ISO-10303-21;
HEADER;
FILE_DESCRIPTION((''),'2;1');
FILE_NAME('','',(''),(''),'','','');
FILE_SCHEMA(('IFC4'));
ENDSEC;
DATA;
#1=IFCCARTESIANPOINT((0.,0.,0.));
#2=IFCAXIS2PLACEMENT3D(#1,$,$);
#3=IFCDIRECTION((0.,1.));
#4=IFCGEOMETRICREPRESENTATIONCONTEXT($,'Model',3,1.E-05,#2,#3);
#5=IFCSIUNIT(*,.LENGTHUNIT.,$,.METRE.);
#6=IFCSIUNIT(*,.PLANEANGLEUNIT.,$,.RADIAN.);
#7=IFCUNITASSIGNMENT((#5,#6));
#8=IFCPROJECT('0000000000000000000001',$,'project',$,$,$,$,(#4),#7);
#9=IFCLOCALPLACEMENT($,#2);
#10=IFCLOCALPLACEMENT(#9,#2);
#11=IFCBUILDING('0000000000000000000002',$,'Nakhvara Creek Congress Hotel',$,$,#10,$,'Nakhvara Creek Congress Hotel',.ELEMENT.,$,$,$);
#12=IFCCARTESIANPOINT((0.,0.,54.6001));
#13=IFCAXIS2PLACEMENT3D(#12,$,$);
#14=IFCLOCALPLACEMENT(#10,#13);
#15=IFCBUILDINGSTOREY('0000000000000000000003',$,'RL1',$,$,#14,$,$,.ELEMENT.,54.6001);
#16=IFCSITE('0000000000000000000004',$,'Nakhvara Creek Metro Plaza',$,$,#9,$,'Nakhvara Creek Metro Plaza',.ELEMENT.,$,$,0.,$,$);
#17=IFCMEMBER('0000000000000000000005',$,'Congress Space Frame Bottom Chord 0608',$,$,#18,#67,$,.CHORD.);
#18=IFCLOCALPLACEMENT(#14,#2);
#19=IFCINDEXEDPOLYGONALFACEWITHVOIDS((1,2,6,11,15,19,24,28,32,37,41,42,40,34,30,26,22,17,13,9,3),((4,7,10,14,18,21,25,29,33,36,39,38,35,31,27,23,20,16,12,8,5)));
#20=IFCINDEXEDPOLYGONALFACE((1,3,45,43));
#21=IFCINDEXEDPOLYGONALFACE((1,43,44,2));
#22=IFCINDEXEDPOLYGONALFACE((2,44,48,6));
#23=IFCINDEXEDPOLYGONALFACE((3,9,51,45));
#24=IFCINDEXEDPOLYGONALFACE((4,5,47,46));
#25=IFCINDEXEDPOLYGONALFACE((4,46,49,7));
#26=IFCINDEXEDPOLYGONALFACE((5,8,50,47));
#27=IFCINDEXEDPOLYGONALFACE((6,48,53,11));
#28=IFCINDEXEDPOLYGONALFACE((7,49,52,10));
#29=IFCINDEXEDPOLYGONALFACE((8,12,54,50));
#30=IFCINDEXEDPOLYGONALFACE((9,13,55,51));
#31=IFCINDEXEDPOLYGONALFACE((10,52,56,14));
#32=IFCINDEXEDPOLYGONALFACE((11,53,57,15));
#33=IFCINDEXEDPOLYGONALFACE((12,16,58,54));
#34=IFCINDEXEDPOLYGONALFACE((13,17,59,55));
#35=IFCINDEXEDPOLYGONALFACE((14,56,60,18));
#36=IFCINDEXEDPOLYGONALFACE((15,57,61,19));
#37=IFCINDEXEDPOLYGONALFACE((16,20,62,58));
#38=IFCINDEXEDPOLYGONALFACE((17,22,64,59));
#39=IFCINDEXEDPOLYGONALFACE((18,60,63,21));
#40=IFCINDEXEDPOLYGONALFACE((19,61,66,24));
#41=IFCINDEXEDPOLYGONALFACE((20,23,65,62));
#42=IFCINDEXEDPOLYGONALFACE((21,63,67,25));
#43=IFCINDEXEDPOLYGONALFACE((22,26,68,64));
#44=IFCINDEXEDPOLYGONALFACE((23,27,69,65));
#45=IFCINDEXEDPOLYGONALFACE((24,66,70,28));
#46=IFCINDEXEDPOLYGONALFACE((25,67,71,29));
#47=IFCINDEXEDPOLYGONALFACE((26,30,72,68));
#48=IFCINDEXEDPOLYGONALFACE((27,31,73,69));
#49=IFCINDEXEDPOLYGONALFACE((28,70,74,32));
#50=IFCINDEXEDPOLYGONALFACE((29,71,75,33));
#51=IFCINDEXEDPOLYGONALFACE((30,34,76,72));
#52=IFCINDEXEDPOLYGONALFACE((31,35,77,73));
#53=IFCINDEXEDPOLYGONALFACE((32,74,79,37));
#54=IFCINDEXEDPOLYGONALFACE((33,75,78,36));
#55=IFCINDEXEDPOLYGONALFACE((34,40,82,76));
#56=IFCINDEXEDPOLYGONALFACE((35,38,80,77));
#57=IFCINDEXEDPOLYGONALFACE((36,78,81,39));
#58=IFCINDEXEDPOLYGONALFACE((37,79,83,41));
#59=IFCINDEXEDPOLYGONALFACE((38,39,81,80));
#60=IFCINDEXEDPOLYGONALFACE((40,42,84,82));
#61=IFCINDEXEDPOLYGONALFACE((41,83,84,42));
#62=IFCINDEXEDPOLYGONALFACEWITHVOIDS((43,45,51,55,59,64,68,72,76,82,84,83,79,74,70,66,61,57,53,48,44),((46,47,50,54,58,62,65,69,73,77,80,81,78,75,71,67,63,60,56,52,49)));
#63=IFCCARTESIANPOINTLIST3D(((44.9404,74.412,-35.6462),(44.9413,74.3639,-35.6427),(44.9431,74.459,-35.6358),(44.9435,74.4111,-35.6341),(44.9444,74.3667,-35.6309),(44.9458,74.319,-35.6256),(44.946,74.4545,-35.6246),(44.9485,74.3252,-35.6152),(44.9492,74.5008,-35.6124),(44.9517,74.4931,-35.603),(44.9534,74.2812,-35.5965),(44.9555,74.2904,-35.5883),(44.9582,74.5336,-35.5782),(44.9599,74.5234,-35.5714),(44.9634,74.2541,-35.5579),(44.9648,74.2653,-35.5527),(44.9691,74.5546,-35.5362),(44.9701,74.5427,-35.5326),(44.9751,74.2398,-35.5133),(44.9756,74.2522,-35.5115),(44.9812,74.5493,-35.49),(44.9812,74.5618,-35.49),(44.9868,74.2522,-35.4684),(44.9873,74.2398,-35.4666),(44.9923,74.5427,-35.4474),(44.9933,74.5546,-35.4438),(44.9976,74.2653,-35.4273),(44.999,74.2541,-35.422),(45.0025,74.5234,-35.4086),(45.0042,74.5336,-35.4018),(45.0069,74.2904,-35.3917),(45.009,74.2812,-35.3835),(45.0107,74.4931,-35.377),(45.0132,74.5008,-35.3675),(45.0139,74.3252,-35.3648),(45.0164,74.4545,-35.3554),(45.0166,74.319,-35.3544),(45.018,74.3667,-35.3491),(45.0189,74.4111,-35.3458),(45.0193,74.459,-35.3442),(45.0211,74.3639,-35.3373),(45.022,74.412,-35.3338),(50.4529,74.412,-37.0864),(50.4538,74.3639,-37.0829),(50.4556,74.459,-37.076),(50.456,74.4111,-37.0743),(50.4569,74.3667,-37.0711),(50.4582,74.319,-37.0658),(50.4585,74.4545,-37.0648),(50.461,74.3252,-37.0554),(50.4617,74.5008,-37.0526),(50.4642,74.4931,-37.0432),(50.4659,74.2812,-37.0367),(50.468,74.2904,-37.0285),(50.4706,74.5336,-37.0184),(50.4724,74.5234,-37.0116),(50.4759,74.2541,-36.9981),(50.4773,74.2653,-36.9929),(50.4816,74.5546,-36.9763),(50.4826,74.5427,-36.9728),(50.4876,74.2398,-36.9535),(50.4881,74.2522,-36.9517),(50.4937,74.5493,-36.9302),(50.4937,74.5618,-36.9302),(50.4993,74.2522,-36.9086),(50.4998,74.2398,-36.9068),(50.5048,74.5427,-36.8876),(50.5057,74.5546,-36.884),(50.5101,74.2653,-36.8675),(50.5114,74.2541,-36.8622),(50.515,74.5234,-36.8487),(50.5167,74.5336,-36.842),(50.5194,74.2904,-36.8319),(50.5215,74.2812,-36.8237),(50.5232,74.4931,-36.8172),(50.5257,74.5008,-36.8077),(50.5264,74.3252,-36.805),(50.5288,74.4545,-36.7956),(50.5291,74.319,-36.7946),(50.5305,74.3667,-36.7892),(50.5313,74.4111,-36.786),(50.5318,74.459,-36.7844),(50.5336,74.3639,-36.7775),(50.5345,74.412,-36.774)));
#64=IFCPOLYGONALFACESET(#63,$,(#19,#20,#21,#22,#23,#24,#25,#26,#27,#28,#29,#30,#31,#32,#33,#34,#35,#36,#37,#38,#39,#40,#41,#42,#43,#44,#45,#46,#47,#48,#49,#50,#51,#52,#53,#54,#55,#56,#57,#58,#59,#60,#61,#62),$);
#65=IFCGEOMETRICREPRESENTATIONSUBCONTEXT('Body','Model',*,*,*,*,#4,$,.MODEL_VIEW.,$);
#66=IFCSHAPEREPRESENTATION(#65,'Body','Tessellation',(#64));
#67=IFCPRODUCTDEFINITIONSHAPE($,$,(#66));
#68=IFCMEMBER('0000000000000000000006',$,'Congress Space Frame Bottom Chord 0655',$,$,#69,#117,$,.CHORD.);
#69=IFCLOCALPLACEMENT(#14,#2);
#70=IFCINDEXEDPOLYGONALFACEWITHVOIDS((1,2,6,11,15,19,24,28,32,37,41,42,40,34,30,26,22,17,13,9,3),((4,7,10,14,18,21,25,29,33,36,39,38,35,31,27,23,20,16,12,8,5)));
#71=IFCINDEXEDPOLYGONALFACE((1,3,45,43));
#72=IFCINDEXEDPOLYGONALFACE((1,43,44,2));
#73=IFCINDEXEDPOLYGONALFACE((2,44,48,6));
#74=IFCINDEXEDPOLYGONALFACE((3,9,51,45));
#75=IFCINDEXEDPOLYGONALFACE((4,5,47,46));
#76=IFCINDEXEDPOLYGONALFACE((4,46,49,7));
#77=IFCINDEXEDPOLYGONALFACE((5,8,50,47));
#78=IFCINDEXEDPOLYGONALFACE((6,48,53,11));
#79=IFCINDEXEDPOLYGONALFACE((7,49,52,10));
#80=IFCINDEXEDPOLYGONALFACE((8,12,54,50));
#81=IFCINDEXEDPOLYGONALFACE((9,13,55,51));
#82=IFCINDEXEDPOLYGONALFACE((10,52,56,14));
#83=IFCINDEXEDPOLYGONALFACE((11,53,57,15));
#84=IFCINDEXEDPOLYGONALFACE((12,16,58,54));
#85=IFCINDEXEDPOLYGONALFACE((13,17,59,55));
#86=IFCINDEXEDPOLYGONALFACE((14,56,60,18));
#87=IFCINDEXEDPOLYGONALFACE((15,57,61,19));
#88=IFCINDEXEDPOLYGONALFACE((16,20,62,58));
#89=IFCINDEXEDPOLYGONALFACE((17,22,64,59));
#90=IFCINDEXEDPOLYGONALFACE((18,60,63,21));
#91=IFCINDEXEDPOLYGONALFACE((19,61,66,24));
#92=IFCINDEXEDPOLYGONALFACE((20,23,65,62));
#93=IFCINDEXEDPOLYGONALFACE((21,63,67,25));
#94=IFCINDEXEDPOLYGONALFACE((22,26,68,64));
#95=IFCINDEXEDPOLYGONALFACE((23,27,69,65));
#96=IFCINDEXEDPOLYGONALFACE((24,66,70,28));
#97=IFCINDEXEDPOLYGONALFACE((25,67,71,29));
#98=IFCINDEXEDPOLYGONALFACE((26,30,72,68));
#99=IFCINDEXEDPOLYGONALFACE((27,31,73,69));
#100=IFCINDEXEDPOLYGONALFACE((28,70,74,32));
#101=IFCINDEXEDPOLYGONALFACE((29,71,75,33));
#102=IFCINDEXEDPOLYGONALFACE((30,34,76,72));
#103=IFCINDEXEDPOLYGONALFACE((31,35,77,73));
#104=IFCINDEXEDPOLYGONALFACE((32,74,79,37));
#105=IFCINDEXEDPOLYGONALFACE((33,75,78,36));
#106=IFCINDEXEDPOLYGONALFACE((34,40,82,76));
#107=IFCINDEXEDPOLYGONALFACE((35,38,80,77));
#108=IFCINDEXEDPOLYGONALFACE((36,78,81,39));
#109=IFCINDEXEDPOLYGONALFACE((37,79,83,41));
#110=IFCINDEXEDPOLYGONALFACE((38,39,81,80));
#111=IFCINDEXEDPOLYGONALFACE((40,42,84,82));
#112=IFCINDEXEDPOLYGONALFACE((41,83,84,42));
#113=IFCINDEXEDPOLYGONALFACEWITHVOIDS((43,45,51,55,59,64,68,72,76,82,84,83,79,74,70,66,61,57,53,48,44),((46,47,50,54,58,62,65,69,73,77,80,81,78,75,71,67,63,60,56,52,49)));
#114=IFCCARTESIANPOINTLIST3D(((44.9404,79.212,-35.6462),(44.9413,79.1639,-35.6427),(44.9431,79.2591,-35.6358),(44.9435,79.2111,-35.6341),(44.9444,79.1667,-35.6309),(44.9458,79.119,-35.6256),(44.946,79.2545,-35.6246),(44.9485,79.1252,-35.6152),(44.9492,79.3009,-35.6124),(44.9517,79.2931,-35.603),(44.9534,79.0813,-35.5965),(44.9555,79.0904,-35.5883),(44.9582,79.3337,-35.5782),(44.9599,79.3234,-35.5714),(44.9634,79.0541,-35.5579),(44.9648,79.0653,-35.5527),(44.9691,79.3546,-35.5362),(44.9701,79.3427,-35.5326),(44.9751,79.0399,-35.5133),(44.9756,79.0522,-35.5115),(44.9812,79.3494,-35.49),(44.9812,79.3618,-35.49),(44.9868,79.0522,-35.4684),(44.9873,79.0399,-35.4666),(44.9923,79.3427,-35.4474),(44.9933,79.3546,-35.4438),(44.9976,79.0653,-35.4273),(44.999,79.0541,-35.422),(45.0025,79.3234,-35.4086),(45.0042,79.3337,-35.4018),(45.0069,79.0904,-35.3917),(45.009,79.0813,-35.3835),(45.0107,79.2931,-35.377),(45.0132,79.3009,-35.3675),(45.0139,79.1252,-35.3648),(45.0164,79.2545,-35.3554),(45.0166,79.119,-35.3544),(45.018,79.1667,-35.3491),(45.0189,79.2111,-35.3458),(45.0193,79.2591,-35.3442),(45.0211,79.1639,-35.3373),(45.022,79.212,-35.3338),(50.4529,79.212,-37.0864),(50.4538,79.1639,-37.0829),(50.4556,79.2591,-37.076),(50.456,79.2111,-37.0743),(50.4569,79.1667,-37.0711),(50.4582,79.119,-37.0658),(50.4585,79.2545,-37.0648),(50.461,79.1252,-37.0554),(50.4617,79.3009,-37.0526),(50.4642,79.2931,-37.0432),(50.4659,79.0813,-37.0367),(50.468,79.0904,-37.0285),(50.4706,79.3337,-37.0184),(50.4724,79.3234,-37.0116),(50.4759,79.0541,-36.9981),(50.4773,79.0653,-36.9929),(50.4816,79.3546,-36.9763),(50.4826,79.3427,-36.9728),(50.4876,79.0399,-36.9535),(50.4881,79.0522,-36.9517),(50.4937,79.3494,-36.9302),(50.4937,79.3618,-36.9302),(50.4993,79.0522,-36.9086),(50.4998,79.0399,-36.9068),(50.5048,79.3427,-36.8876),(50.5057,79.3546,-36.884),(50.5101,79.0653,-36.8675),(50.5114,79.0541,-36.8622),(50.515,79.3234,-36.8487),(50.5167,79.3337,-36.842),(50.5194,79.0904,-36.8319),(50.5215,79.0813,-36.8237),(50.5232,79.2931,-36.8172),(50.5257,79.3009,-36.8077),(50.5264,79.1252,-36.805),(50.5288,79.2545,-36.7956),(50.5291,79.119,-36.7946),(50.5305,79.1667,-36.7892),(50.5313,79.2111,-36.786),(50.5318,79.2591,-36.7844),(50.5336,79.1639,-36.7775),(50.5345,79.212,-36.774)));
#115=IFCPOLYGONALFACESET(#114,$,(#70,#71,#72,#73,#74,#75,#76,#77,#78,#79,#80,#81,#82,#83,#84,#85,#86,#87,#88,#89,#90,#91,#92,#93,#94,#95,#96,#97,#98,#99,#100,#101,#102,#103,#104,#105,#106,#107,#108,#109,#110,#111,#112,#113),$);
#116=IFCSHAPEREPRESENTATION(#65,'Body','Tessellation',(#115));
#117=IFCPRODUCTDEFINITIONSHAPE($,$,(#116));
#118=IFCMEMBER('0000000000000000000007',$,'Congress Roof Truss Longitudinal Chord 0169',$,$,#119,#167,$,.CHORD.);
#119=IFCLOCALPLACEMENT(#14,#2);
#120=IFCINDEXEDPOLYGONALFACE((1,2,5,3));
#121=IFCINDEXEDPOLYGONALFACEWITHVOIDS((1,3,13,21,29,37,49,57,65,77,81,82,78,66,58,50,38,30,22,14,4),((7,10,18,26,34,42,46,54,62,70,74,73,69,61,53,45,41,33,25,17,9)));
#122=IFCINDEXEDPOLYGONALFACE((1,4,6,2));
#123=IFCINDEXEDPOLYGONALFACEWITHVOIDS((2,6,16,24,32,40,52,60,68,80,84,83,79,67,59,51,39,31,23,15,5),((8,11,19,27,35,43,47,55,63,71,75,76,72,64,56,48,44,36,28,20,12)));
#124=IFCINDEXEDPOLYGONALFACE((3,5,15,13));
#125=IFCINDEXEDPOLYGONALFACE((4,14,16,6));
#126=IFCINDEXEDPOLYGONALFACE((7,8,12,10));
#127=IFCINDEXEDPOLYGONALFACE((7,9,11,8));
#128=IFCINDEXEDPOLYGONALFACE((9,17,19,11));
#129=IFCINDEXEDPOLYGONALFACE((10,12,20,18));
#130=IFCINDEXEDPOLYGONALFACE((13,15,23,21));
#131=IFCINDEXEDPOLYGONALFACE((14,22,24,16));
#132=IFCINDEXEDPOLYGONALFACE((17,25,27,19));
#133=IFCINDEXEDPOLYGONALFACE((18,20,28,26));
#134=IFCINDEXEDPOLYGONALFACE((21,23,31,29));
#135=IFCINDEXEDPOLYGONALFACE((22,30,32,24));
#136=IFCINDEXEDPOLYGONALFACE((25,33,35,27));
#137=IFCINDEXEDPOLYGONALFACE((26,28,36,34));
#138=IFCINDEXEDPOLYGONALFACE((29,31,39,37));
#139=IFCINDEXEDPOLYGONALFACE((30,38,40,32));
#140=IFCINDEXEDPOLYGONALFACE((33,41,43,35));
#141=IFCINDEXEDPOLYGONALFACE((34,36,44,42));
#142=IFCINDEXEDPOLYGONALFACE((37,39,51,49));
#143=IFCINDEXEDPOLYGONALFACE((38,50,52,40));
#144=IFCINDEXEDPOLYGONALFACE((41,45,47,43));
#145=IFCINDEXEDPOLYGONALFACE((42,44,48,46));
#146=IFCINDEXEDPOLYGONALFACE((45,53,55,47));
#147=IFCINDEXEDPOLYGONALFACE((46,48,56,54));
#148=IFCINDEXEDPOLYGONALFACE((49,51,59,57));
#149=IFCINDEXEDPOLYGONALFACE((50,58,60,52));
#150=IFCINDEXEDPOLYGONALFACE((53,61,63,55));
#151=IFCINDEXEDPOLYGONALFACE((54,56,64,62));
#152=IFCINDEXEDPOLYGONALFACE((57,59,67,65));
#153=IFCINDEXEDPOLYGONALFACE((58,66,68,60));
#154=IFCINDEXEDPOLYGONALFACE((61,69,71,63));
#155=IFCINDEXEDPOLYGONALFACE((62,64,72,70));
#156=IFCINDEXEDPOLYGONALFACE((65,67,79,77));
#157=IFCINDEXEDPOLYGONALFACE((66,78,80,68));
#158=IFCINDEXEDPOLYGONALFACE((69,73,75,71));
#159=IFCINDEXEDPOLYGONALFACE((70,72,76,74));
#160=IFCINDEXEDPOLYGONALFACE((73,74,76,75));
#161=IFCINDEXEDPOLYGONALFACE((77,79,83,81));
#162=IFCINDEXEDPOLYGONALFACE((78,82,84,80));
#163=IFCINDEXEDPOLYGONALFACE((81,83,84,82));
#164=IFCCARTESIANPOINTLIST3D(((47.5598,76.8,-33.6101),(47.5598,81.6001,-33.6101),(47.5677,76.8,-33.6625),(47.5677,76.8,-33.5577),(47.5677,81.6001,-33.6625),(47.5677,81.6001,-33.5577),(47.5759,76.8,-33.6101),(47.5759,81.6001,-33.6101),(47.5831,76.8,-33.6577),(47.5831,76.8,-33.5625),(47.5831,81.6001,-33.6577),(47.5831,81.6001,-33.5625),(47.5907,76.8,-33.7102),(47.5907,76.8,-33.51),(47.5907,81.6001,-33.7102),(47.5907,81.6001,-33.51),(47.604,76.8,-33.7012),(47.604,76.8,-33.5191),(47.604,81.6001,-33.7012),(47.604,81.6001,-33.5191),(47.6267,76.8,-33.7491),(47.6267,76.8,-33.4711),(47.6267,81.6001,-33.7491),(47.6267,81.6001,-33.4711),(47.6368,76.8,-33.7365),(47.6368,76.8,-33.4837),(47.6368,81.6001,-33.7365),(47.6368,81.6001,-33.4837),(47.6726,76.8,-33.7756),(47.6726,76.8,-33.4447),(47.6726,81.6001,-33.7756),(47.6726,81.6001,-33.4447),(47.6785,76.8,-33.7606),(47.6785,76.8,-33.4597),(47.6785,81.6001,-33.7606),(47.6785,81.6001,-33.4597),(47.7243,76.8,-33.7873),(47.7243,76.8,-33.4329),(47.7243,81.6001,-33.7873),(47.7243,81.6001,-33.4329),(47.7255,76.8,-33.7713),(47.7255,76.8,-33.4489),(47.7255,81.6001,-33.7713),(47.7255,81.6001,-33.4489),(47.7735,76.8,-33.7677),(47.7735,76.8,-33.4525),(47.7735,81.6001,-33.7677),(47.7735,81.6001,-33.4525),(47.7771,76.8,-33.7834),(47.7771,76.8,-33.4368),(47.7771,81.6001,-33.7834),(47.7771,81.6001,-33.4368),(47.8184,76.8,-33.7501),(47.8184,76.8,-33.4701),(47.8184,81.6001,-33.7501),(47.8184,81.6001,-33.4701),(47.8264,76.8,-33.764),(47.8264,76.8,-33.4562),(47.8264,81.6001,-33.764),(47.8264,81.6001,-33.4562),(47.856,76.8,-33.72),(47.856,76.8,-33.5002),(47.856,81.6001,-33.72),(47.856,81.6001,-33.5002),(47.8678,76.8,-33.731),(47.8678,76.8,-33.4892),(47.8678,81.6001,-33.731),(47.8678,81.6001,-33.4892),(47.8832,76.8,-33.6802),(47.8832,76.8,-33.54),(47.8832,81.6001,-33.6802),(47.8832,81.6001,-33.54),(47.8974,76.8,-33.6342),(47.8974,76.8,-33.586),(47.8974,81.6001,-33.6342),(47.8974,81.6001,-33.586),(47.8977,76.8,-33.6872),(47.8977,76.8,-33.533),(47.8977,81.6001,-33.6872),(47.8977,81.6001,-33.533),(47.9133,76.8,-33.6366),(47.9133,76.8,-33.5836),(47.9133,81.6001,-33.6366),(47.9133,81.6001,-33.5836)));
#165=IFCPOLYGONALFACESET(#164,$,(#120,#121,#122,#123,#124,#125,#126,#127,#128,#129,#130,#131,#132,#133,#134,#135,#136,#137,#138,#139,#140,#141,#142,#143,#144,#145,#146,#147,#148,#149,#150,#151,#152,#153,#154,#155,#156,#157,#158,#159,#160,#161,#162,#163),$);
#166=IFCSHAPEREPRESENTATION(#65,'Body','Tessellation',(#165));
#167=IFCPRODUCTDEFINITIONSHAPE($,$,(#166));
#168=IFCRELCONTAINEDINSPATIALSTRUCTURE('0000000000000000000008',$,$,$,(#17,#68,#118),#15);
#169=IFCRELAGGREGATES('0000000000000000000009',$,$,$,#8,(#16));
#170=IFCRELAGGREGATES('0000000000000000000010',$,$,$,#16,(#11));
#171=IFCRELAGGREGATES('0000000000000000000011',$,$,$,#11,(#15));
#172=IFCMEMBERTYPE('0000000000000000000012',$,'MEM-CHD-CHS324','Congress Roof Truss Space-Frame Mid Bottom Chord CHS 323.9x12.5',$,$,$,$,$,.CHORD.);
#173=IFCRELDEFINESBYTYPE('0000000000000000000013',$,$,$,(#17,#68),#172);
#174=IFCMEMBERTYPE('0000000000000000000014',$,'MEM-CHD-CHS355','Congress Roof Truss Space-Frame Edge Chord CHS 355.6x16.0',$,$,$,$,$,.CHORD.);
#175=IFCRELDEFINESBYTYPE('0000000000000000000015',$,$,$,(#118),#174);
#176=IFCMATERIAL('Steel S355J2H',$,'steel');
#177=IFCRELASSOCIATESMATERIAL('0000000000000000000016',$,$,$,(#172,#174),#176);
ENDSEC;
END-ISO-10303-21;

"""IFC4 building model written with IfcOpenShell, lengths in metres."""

from ifc_helpers import new_model, si_unit, direction, frame, origin, origin_2d, place, context, subcontext, project, spatial, hollow_circle, extrude, material, material_profile, profile_set, type_object, element, save


model = new_model("IFC4")

# Units and contexts
model_context = context("Model", 3, precision=1e-05, world=origin(), true_north=direction((0.0, 1.0)))
body_context = subcontext(model_context, "Body", "Model", "MODEL_VIEW")
ifc_project = project(units=[si_unit("LENGTHUNIT", "METRE"), si_unit("PLANEANGLEUNIT", "RADIAN")], contexts=[model_context])

# Site, building, storey
site_placement = place(None, origin())
site = spatial("IfcSite", under=ifc_project, at=site_placement, Name="Nakhvara Creek Metro Plaza", LongName="Nakhvara Creek Metro Plaza", CompositionType="ELEMENT", RefElevation=0.0)
building_placement = place(site_placement, origin())
building = spatial("IfcBuilding", under=site, at=building_placement, Name="Nakhvara Creek Congress Hotel", LongName="Nakhvara Creek Congress Hotel", CompositionType="ELEMENT")
storey_placement = place(building_placement, frame((0.0, 0.0, 54.6001)))
storey = spatial("IfcBuildingStorey", under=building, at=storey_placement, Name="RL1", CompositionType="ELEMENT", Elevation=54.6001)

# Members
ifc_material_1 = material(Name="Steel S355J2H", Category="steel")
ifc_material_profile_1 = material_profile(ifc_material_1, hollow_circle(Radius=0.1619, WallThickness=0.0125, at=origin_2d()), Name="CHS 323.9x12.5", Category="LoadBearing")
ifc_profile_set_1 = profile_set([ifc_material_profile_1], Name="Steel S355J2H")
member_type_1 = type_object("IfcMemberType", Name="MEM-CHD-CHS324", Description="Congress Roof Truss Space-Frame Mid Bottom Chord CHS 323.9x12.5", PredefinedType="CHORD", material=ifc_profile_set_1)
for number, where, z_axis, x_axis, name in (
    (1, (44.9812, 74.3999, -35.49), (0.967525, 0.0, -0.252776), (0.0, 1.0, 0.0), "Congress Space Frame Bottom Chord 0608"),
    (2, (44.9812, 79.2, -35.49), (0.967525, 0.0, -0.252776), (0.0, 1.0, 0.0), "Congress Space Frame Bottom Chord 0655"),
):
    element("IfcMember", number, at=place(storey_placement, frame(where, z_axis=z_axis, x_axis=x_axis)), inside=storey, type_object=member_type_1, Name=name, PredefinedType="CHORD", context=body_context, shape_type="SweptSolid", body=[
        extrude(hollow_circle(Radius=0.1619, WallThickness=0.0125, at=origin_2d()), origin(), (0.0, 0.0, 1.0), 5.6975),
    ])
ifc_material_profile_2 = material_profile(ifc_material_1, hollow_circle(Radius=0.1777, WallThickness=0.0161, at=origin_2d()), Name="CHS 355.6x16.0", Category="LoadBearing")
ifc_profile_set_2 = profile_set([ifc_material_profile_2], Name="Steel S355J2H")
member_type_2 = type_object("IfcMemberType", Name="MEM-CHD-CHS355", Description="Congress Roof Truss Space-Frame Edge Chord CHS 355.6x16.0", PredefinedType="CHORD", material=ifc_profile_set_2)
member_1_placement = place(storey_placement, frame((47.7375, 76.8, -33.6101), z_axis=(0.0, 1.0, 0.0), x_axis=(-1.0, 0.0, 0.0)))
element("IfcMember", 3, at=member_1_placement, inside=storey, type_object=member_type_2, Name="Congress Roof Truss Longitudinal Chord 0169", PredefinedType="CHORD", context=body_context, shape_type="SweptSolid", body=[
    extrude(hollow_circle(Radius=0.1777, WallThickness=0.0161, at=origin_2d()), origin(), (0.0, 0.0, 1.0), 4.8),
])

save(model, "model.ifc")
